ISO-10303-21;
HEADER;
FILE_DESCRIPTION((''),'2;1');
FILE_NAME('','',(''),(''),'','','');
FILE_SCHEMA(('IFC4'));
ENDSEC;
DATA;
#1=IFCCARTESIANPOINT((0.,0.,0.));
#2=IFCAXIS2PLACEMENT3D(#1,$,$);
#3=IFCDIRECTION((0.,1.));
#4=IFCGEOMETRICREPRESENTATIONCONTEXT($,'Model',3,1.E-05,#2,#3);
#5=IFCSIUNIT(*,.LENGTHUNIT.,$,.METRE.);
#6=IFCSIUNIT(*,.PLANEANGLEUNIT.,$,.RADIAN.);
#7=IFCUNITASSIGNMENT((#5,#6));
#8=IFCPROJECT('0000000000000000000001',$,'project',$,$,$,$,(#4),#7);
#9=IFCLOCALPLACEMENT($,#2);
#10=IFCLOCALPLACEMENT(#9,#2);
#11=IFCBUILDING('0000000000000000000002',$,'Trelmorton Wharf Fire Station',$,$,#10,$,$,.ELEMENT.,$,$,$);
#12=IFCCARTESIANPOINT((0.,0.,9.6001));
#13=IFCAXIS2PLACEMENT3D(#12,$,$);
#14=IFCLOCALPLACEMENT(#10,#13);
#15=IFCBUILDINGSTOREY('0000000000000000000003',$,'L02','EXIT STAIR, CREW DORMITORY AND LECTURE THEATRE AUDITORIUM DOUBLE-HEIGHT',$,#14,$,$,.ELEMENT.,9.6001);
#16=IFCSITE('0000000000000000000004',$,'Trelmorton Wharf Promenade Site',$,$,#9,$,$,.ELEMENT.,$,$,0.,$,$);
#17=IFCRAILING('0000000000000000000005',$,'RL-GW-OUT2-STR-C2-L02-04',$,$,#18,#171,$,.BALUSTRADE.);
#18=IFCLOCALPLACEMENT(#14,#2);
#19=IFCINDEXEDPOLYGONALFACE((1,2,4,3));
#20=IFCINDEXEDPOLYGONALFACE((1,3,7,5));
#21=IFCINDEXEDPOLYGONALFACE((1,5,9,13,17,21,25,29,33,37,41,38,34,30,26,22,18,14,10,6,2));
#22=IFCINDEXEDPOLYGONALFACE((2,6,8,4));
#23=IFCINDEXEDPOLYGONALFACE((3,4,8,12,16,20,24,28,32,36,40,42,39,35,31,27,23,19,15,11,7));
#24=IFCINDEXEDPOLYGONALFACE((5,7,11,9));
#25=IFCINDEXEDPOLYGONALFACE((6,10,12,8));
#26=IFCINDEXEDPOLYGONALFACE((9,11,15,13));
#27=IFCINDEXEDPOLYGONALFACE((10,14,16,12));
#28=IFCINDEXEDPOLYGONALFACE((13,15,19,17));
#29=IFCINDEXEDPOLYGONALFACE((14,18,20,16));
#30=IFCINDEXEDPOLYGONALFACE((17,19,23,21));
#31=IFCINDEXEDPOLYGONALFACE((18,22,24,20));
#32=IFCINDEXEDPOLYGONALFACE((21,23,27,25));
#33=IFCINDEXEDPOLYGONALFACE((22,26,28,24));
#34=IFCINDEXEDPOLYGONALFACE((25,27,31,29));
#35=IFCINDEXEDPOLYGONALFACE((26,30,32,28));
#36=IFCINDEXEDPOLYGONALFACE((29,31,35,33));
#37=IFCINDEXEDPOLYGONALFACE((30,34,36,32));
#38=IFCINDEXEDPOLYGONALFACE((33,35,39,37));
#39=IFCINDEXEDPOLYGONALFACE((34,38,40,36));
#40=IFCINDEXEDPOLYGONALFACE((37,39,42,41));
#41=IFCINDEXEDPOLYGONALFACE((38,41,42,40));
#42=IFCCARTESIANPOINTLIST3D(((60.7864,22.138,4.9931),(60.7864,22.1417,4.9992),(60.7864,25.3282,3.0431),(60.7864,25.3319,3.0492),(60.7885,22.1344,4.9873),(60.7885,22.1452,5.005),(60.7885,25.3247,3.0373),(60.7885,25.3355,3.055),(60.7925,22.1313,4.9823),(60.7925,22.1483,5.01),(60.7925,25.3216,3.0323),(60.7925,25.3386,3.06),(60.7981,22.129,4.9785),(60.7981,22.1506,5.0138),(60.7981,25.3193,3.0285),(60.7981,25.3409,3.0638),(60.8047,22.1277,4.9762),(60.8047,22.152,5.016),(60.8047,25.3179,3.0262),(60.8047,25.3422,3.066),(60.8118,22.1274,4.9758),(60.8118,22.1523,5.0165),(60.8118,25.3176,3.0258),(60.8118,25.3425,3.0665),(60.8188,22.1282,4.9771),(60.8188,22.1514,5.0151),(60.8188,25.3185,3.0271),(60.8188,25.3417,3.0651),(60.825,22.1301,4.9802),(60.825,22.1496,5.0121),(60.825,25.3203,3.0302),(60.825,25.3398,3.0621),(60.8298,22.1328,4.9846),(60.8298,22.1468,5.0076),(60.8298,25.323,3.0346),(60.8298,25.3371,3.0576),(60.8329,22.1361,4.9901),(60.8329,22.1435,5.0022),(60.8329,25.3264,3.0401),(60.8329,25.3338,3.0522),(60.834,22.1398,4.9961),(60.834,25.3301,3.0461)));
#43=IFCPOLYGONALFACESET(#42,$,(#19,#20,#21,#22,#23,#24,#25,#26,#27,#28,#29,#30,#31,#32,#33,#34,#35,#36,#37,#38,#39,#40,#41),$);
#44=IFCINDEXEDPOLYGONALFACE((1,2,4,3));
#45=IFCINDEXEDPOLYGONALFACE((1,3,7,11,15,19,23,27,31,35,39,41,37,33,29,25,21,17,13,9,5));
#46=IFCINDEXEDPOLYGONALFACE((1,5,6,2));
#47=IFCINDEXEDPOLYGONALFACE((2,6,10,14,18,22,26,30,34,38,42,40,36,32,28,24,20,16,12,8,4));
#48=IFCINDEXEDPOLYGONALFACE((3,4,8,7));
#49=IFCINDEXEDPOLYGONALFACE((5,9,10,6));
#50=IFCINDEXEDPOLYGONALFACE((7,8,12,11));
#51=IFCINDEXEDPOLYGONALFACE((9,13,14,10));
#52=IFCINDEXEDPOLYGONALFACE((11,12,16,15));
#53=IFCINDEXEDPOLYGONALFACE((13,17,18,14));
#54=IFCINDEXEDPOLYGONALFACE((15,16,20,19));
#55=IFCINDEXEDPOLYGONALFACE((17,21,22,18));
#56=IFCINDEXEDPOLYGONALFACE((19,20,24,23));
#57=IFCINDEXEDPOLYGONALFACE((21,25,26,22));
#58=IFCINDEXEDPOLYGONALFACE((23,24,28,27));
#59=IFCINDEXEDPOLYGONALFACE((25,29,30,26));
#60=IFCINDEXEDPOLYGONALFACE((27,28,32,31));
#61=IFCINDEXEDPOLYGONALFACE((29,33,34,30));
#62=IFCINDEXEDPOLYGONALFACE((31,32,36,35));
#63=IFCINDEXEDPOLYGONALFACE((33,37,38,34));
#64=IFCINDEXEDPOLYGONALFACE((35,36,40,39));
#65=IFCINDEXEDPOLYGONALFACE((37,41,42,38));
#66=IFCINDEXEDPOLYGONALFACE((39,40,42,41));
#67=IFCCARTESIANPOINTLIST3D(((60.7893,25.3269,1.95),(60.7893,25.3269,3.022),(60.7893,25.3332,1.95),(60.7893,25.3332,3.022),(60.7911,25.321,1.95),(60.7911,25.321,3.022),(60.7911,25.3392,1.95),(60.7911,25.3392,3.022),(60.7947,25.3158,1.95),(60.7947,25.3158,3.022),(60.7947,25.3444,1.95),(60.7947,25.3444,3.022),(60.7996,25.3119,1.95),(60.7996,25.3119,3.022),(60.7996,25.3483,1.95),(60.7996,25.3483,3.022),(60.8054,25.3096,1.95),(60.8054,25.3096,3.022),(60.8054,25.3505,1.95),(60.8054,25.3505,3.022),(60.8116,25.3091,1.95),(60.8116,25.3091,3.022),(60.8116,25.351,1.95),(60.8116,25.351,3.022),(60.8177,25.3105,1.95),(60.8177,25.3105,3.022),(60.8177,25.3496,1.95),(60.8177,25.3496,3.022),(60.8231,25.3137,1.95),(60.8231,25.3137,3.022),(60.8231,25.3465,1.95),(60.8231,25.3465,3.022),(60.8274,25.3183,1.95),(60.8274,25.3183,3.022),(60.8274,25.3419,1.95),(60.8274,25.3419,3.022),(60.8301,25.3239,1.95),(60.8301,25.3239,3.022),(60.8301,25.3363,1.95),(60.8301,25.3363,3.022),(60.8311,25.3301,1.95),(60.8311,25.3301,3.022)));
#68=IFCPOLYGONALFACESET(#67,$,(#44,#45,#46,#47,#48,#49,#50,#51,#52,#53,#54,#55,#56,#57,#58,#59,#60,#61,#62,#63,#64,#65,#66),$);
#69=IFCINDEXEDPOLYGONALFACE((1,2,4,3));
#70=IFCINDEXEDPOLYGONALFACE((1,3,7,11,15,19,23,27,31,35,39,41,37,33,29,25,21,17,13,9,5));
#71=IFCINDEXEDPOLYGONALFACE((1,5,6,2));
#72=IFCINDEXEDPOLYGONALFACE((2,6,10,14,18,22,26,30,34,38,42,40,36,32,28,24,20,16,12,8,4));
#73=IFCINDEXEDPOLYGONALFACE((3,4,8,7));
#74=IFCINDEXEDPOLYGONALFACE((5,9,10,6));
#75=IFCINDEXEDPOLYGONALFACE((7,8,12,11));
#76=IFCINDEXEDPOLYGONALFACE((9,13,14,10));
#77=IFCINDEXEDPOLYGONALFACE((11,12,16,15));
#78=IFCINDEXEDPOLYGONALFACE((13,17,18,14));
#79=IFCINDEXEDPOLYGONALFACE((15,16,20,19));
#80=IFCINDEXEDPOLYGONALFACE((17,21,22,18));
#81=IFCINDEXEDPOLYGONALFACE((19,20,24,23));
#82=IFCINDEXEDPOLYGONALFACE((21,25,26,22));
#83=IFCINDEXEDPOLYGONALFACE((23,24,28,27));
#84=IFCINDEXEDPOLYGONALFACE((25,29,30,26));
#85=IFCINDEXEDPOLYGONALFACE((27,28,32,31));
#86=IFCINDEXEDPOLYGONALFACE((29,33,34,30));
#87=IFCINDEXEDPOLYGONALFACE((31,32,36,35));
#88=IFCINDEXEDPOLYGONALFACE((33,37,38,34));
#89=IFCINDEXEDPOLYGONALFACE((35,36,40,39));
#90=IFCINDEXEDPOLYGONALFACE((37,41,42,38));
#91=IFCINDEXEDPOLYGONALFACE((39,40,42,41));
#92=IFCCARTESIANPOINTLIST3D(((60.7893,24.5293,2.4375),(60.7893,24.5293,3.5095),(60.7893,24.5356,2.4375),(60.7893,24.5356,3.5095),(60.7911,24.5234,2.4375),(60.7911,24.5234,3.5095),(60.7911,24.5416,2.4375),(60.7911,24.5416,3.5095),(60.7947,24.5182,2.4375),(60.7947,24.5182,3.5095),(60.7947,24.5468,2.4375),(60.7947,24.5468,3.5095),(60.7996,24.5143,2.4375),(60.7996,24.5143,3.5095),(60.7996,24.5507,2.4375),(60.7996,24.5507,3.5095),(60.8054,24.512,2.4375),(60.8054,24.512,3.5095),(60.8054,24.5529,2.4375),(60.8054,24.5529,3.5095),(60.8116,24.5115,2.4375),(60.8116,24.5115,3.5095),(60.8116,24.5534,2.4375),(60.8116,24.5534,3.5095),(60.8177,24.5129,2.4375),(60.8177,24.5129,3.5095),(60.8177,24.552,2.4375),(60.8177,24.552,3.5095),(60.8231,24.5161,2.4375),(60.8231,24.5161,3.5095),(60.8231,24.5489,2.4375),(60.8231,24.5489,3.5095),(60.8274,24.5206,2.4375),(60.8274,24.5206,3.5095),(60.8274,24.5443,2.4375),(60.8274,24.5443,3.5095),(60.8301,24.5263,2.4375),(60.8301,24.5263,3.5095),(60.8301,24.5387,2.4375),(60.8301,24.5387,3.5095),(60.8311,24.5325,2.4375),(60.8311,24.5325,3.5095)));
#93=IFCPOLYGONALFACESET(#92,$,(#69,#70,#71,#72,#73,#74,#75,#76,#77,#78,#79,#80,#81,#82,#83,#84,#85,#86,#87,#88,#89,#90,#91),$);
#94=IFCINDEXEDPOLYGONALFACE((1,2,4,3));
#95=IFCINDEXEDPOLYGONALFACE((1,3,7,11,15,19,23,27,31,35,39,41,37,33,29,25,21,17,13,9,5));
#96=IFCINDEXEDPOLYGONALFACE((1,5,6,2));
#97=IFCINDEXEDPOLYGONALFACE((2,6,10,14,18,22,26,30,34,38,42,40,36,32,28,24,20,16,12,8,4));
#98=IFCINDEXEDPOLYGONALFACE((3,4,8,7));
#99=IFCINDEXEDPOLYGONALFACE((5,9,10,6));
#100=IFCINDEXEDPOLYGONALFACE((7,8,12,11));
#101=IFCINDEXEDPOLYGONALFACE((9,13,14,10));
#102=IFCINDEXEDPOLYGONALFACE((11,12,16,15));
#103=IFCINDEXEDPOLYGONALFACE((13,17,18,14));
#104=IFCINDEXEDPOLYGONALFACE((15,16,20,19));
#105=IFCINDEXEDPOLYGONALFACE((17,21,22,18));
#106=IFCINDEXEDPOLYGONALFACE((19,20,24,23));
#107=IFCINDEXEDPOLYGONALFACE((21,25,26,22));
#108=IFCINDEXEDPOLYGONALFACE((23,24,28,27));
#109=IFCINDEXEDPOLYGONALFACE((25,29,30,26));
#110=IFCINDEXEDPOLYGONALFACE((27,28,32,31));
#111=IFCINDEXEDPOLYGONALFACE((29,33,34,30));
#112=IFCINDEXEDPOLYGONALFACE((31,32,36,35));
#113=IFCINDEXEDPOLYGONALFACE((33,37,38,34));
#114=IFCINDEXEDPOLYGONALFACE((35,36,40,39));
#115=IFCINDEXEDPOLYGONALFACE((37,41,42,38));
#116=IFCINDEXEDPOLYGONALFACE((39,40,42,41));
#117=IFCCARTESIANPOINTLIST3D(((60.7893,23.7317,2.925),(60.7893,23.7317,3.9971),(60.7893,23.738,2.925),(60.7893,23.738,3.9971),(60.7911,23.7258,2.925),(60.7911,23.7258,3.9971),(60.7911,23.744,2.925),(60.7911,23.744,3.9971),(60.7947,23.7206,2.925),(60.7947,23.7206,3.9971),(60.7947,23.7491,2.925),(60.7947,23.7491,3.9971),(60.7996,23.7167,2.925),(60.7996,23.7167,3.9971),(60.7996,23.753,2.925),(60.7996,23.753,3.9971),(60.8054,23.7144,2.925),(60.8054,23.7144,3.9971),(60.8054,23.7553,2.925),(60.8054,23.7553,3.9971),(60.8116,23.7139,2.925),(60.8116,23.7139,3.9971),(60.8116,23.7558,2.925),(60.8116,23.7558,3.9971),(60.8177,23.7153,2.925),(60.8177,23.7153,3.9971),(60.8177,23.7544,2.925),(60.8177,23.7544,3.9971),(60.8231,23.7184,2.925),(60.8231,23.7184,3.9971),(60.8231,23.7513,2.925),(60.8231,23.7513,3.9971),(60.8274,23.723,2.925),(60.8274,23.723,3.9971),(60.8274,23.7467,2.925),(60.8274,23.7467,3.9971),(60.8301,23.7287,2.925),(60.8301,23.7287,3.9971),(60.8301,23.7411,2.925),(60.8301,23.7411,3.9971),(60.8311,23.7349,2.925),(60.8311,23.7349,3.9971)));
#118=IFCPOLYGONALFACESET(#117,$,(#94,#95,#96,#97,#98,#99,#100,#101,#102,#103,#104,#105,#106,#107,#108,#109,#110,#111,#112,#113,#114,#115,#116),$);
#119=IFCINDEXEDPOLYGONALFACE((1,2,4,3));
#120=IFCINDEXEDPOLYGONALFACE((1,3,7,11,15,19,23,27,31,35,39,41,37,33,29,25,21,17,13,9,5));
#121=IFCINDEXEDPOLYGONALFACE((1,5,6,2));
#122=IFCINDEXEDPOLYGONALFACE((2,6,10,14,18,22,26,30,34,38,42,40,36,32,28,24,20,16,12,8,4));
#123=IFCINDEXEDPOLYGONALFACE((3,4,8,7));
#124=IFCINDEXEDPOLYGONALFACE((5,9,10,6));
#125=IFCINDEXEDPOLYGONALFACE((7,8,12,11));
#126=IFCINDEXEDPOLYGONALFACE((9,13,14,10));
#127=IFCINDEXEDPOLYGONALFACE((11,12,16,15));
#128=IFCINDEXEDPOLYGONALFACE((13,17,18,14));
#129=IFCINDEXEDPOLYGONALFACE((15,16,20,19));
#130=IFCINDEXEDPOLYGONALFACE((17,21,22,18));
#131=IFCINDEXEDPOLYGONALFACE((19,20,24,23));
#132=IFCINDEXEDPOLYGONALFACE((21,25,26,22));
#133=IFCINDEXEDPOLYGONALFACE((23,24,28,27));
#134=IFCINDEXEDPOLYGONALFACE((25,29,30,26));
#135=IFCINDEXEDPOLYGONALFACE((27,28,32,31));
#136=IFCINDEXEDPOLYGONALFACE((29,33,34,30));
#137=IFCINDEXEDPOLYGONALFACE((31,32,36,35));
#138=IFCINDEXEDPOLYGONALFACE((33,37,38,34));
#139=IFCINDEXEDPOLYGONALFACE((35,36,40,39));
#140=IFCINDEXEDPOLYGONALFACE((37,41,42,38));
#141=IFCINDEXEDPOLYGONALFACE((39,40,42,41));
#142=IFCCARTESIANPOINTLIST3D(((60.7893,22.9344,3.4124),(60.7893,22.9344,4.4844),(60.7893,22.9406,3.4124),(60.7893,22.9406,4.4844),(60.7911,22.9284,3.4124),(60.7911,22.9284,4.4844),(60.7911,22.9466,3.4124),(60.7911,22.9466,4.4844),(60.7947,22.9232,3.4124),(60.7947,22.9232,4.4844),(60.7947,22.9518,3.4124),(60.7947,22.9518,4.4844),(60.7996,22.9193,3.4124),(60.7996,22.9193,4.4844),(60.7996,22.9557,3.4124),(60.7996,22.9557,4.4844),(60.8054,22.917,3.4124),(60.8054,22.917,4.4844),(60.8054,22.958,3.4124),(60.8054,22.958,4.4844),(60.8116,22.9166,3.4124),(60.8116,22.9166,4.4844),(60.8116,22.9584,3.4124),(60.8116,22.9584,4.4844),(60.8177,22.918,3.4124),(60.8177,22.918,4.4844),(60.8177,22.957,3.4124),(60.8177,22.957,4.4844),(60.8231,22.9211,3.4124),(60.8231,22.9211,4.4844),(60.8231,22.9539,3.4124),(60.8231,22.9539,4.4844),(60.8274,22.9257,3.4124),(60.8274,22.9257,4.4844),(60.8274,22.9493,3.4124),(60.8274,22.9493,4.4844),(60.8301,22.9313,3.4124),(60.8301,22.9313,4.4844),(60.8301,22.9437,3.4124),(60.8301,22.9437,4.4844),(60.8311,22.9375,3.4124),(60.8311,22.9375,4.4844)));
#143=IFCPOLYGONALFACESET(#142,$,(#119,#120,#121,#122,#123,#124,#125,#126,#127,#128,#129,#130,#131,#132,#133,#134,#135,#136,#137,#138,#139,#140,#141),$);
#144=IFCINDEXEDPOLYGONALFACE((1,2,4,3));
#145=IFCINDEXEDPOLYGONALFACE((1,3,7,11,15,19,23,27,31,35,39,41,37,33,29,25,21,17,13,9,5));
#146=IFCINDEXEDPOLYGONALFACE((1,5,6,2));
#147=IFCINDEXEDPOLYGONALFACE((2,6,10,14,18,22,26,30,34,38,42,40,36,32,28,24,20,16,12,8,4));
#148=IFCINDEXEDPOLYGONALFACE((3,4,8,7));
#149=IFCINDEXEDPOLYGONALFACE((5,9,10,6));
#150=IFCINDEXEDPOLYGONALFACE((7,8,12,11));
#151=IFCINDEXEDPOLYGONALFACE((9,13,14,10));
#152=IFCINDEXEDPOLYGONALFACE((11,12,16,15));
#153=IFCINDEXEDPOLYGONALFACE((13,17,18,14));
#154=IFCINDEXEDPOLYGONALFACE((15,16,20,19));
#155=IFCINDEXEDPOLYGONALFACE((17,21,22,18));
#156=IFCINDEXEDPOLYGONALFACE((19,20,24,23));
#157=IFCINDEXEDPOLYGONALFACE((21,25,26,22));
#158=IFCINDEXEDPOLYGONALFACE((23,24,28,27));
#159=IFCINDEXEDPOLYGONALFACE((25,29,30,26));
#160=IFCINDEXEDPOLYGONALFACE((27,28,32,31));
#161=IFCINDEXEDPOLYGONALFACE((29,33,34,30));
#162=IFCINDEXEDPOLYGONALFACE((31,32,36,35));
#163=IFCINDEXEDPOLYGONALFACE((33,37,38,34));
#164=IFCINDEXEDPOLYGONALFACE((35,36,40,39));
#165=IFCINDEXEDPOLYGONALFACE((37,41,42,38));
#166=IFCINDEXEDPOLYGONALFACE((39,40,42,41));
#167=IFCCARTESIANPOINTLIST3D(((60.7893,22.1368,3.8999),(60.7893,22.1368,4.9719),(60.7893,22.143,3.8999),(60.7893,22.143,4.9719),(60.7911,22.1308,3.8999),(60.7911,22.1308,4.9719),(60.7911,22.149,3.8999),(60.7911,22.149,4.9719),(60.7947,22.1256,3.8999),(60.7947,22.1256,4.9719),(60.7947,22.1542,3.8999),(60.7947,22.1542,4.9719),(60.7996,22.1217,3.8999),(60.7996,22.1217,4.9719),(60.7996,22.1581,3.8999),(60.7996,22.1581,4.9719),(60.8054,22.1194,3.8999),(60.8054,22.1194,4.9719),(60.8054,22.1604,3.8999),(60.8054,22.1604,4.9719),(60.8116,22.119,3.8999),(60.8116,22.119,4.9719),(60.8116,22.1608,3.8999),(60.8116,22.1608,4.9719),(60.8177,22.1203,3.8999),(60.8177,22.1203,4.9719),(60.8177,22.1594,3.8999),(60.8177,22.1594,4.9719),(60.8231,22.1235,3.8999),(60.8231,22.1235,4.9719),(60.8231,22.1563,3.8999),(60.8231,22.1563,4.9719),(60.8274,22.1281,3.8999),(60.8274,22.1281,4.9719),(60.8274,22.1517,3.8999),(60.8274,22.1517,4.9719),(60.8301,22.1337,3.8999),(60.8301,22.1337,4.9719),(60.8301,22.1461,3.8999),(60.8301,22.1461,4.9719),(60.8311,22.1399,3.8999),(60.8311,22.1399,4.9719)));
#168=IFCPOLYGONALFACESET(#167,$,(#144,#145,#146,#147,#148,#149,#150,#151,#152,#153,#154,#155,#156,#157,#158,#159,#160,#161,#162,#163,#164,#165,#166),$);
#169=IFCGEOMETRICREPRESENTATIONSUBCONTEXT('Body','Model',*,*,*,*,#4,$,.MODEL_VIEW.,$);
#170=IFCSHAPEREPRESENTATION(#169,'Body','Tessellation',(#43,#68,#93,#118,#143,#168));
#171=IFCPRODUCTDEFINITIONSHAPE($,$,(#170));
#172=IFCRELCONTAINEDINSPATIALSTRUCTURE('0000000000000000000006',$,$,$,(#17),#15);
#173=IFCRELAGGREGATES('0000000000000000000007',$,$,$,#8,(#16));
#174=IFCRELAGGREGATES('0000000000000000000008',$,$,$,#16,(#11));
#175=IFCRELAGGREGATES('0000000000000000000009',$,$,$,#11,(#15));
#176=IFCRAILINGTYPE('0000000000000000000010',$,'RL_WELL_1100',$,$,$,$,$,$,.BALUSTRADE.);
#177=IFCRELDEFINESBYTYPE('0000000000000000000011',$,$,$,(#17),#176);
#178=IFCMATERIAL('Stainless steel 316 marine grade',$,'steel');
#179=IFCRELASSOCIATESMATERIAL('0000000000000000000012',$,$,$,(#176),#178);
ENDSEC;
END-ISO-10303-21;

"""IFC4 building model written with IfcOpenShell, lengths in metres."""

from ifc_helpers import new_model, si_unit, direction, frame, origin, origin_2d, place, context, subcontext, project, spatial, circle, extrude, material, type_object, element, save


model = new_model("IFC4")

# Units and contexts
model_context = context("Model", 3, precision=1e-05, world=origin(), true_north=direction((0.0, 1.0)))
body_context = subcontext(model_context, "Body", "Model", "MODEL_VIEW")
ifc_project = project(units=[si_unit("LENGTHUNIT", "METRE"), si_unit("PLANEANGLEUNIT", "RADIAN")], contexts=[model_context])

# Site, building, storey
site_placement = place(None, origin())
site = spatial("IfcSite", under=ifc_project, at=site_placement, Name="Trelmorton Wharf Promenade Site", CompositionType="ELEMENT", RefElevation=0.0)
building_placement = place(site_placement, origin())
building = spatial("IfcBuilding", under=site, at=building_placement, Name="Trelmorton Wharf Fire Station", CompositionType="ELEMENT")
storey_placement = place(building_placement, frame((0.0, 0.0, 9.6001)))
storey = spatial("IfcBuildingStorey", under=building, at=storey_placement, Name="L02", Description="EXIT STAIR, CREW DORMITORY AND LECTURE THEATRE AUDITORIUM DOUBLE-HEIGHT", CompositionType="ELEMENT", Elevation=9.6001)

# Shared definitions
ifc_material_1 = material(Name="Stainless steel 316 marine grade", Category="steel")

# Railing
railing_type_1 = type_object("IfcRailingType", Name="RL_WELL_1100", PredefinedType="BALUSTRADE", material=ifc_material_1)
railing_1_placement = place(storey_placement, frame((60.8101, 25.3301, 1.95)))
element("IfcRailing", 1, at=railing_1_placement, inside=storey, type_object=railing_type_1, Name="RL-GW-OUT2-STR-C2-L02-04", PredefinedType="BALUSTRADE", context=body_context, shape_type="SweptSolid", body=[
    extrude(circle(Radius=0.0239, at=origin_2d()), frame((0.0, 0.0, 1.0962), z_axis=(0.0, -0.853235, 0.521527), x_axis=(1.0, 0.0, 0.0)), (0.0, 0.0, 1.0), 3.739),
    extrude(circle(Radius=0.021, at=origin_2d()), origin(), (0.0, 0.0, 1.0), 1.072),
    extrude(circle(Radius=0.021, at=origin_2d()), frame((0.0, -0.7976, 0.4875)), (0.0, 0.0, 1.0), 1.072),
    extrude(circle(Radius=0.021, at=origin_2d()), frame((0.0, -1.5952, 0.9751)), (0.0, 0.0, 1.0), 1.072),
    extrude(circle(Radius=0.021, at=origin_2d()), frame((0.0, -2.3926, 1.4624)), (0.0, 0.0, 1.0), 1.072),
    extrude(circle(Radius=0.021, at=origin_2d()), frame((0.0, -3.1902, 1.95)), (0.0, 0.0, 1.0), 1.072),
])

save(model, "model.ifc")
